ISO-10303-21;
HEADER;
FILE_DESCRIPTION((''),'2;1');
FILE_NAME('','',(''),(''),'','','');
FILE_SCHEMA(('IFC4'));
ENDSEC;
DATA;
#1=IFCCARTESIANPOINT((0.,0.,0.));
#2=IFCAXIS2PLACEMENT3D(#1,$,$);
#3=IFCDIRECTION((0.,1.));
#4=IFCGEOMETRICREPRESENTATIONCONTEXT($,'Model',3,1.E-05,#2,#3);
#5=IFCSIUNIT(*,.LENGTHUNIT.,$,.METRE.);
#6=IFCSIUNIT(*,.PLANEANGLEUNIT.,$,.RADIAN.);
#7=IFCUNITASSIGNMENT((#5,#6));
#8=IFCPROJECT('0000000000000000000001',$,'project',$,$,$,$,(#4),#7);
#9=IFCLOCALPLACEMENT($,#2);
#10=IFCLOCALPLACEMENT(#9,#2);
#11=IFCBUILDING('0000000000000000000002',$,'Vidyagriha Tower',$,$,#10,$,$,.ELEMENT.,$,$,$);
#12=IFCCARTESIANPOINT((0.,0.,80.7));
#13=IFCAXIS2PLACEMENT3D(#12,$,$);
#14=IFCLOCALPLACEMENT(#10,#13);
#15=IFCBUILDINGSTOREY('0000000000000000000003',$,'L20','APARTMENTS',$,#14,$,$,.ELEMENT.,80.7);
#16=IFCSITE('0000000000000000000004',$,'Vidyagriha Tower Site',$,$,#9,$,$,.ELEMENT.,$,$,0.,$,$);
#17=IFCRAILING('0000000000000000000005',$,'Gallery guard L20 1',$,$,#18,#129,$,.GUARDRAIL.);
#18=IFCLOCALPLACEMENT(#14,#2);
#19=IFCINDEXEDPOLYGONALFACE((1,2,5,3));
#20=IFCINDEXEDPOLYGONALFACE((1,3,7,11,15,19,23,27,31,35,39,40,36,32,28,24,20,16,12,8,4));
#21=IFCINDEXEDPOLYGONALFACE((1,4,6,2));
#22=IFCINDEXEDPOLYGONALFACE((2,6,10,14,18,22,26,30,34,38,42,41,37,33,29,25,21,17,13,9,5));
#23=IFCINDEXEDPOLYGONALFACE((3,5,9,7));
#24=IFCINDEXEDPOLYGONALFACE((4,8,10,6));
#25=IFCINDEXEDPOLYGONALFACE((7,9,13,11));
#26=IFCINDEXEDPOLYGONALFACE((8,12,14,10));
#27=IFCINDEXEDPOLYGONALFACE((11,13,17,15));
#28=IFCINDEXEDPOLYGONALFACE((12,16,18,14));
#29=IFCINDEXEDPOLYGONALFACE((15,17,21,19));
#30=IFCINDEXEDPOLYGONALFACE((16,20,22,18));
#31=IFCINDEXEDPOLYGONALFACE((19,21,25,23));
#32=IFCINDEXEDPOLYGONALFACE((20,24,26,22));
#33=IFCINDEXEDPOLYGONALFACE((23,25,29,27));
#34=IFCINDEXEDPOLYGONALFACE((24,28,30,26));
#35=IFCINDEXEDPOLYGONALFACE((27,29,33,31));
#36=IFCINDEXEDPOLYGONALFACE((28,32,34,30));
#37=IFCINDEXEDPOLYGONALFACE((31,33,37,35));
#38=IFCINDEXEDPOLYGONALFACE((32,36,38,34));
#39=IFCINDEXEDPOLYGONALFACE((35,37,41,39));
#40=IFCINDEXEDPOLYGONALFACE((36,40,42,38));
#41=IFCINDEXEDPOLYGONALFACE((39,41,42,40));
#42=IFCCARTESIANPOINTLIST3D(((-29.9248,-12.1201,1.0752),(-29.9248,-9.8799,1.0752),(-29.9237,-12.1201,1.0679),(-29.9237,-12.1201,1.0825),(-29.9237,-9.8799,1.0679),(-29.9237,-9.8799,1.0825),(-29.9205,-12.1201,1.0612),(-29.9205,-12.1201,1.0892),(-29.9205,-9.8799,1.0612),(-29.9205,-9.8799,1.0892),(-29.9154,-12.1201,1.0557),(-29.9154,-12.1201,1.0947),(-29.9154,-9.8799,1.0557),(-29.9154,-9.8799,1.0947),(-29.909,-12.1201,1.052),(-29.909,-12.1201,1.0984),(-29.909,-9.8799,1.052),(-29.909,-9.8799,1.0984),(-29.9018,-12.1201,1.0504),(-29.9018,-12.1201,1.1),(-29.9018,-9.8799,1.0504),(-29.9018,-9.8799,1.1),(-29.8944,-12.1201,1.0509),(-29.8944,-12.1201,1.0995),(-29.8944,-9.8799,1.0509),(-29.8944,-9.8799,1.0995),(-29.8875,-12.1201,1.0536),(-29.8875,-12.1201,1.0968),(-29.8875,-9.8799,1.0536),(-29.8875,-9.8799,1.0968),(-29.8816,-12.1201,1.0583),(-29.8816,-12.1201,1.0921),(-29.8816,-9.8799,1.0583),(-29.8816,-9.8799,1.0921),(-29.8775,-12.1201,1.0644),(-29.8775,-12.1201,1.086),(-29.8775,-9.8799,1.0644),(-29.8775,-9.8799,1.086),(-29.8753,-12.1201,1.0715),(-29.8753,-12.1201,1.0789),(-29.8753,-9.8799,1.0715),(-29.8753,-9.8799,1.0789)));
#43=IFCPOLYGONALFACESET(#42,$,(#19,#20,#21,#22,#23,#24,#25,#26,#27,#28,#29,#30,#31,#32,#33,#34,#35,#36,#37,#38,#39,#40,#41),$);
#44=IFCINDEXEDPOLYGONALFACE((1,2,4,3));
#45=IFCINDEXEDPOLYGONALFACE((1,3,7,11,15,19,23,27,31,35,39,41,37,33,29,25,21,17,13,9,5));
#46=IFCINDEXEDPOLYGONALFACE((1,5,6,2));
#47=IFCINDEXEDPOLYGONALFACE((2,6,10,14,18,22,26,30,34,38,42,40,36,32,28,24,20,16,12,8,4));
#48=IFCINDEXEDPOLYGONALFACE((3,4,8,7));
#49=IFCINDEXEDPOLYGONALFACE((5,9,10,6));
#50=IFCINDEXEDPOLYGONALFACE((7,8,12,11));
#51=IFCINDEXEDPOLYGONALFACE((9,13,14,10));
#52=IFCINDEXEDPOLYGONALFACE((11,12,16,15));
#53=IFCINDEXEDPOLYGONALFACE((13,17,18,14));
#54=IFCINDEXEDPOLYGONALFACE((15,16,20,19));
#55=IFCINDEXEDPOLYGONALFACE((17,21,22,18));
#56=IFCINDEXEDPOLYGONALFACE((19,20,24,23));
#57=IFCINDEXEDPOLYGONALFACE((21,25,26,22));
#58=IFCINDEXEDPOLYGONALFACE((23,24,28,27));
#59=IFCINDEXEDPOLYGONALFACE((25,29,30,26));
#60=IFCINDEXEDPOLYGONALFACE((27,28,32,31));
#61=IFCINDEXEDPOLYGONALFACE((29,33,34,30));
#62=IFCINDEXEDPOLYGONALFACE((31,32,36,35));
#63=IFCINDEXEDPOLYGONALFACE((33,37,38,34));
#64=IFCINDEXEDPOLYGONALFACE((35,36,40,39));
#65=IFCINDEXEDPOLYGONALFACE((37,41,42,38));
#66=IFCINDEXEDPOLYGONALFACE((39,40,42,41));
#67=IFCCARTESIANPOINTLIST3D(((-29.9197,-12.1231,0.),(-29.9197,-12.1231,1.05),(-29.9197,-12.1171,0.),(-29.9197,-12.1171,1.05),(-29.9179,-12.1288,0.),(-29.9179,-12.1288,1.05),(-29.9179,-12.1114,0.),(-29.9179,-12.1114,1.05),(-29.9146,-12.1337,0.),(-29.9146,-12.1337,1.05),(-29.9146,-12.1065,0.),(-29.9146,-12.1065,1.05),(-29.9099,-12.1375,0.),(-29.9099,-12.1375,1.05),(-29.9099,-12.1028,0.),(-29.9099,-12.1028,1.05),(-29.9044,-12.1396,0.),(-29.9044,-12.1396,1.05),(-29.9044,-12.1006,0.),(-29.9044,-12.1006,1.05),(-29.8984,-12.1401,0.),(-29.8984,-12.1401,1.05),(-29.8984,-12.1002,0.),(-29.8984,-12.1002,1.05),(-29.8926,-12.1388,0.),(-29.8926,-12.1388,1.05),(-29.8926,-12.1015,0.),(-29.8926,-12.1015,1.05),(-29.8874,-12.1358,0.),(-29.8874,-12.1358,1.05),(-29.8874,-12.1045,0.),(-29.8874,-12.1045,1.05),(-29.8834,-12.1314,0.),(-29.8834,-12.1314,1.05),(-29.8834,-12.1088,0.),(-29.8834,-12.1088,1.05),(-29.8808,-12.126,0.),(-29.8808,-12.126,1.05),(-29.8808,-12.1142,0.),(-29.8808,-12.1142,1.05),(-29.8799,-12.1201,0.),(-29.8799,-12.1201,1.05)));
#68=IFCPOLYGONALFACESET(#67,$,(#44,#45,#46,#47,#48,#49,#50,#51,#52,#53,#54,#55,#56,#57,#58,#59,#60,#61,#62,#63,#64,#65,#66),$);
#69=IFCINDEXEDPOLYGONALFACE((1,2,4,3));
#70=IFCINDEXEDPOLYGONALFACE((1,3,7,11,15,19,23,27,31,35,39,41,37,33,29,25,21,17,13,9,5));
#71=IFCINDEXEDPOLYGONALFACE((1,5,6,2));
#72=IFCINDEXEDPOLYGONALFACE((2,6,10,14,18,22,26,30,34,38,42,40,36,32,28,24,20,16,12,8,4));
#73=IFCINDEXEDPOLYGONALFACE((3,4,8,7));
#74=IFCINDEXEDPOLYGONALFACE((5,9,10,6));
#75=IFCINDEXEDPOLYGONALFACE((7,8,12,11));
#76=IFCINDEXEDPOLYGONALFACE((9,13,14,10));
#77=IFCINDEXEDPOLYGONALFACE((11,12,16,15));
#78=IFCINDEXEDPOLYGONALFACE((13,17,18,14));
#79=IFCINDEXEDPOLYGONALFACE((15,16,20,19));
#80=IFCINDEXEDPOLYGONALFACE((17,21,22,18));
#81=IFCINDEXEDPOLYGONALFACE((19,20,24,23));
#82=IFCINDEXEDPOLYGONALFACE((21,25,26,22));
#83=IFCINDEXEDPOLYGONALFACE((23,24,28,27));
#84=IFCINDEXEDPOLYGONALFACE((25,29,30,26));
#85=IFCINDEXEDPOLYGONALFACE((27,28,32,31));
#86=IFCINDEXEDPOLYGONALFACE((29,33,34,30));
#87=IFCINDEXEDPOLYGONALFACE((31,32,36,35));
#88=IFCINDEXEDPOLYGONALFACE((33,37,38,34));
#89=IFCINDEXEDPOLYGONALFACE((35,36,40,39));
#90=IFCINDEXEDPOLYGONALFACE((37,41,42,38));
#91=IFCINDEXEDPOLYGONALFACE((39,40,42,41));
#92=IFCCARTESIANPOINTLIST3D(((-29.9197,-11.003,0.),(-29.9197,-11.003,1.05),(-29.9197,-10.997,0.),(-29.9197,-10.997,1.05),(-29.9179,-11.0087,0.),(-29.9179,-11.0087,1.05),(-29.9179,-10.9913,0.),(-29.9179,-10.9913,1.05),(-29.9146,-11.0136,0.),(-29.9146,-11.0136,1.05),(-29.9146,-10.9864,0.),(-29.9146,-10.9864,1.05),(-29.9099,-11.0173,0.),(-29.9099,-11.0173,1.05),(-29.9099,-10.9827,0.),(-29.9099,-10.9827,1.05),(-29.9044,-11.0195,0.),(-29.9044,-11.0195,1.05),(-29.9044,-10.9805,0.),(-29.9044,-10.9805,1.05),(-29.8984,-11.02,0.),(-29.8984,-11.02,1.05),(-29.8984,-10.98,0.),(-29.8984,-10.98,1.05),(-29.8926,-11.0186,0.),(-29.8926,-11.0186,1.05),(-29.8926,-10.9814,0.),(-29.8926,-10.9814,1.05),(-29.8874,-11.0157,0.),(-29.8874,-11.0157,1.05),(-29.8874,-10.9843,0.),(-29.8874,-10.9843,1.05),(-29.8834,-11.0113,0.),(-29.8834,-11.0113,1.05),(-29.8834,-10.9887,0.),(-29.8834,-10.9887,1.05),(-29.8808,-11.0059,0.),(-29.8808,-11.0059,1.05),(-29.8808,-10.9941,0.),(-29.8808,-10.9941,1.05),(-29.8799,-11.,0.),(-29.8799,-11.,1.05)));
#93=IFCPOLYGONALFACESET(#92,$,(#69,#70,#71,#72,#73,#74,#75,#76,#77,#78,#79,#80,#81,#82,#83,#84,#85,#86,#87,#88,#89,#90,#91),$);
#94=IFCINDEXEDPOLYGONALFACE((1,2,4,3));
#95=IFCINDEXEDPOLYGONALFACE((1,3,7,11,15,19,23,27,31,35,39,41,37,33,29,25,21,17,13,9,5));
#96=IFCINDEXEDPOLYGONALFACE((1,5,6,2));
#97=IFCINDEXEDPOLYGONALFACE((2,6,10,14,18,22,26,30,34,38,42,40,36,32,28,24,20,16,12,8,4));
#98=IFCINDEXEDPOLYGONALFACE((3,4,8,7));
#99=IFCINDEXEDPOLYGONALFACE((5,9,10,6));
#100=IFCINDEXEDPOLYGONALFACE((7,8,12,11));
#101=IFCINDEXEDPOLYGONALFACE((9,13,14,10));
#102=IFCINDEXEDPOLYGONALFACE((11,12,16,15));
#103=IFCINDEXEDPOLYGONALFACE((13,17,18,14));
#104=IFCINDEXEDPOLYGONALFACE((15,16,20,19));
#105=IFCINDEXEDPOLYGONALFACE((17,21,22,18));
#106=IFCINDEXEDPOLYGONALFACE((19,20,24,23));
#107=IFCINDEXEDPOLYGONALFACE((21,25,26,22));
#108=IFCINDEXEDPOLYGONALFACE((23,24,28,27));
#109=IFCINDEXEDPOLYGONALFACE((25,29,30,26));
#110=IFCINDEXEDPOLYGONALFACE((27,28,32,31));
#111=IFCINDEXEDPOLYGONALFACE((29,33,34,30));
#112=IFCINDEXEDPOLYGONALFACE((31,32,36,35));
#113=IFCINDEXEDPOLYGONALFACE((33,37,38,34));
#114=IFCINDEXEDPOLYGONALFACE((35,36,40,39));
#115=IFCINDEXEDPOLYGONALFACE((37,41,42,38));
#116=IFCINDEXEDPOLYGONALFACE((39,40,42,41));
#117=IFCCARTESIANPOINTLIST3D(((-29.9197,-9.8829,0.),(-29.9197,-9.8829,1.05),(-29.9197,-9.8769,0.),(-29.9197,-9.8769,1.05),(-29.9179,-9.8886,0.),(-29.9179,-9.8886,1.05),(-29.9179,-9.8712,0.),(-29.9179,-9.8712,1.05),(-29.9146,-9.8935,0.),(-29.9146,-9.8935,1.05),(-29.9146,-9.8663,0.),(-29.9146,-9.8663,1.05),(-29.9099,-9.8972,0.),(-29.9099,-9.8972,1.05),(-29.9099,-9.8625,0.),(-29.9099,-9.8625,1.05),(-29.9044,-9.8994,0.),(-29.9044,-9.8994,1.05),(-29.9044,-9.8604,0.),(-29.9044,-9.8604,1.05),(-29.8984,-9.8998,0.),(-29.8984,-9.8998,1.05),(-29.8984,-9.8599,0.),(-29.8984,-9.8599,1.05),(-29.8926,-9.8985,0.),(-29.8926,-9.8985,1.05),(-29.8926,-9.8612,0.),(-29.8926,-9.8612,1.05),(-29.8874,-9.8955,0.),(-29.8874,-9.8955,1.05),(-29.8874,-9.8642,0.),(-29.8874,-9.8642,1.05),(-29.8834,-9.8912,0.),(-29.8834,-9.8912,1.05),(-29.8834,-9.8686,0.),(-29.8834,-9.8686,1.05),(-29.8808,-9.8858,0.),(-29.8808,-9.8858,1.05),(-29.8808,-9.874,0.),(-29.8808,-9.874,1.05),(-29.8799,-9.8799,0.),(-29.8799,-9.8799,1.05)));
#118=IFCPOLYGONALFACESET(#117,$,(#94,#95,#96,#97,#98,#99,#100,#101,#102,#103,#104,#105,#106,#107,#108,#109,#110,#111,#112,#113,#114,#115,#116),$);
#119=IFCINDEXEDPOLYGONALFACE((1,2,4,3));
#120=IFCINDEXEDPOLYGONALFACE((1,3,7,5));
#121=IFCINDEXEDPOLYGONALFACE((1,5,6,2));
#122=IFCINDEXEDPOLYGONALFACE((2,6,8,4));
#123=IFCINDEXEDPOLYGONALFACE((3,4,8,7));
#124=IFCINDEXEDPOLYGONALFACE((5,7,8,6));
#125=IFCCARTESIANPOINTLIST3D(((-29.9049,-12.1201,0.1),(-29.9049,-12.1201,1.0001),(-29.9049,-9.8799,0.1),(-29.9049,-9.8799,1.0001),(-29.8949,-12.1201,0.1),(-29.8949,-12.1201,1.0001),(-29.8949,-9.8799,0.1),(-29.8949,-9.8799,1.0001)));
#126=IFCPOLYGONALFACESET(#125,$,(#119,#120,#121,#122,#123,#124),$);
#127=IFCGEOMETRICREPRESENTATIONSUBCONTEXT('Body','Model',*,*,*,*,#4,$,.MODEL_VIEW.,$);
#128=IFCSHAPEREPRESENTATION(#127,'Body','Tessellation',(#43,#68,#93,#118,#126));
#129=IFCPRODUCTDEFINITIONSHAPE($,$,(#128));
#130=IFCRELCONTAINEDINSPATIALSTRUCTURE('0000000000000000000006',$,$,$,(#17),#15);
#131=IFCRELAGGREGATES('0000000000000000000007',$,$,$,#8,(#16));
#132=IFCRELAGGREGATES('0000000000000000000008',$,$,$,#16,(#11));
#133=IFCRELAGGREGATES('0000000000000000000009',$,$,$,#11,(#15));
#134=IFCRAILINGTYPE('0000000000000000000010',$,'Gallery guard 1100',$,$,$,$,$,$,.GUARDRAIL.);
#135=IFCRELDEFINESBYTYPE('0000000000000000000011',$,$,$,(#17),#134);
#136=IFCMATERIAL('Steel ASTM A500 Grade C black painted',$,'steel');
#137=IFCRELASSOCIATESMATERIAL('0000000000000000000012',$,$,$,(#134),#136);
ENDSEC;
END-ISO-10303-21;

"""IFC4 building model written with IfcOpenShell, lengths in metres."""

from ifc_helpers import new_model, si_unit, direction, frame, origin, origin_2d, place, context, subcontext, project, spatial, rectangle, circle, extrude, material, type_object, element, save


model = new_model("IFC4")

# Units and contexts
model_context = context("Model", 3, precision=1e-05, world=origin(), true_north=direction((0.0, 1.0)))
body_context = subcontext(model_context, "Body", "Model", "MODEL_VIEW")
ifc_project = project(units=[si_unit("LENGTHUNIT", "METRE"), si_unit("PLANEANGLEUNIT", "RADIAN")], contexts=[model_context])

# Site, building, storey
site_placement = place(None, origin())
site = spatial("IfcSite", under=ifc_project, at=site_placement, Name="Vidyagriha Tower Site", CompositionType="ELEMENT", RefElevation=0.0)
building_placement = place(site_placement, origin())
building = spatial("IfcBuilding", under=site, at=building_placement, Name="Vidyagriha Tower", CompositionType="ELEMENT")
storey_placement = place(building_placement, frame((0.0, 0.0, 80.7)))
storey = spatial("IfcBuildingStorey", under=building, at=storey_placement, Name="L20", Description="APARTMENTS", CompositionType="ELEMENT", Elevation=80.7)

# Railing
ifc_material_1 = material(Name="Steel ASTM A500 Grade C black painted", Category="steel")
railing_type_1 = type_object("IfcRailingType", Name="Gallery guard 1100", PredefinedType="GUARDRAIL", material=ifc_material_1)
railing_1_placement = place(storey_placement, frame((-29.8999, -12.1201, 0.0)))
element("IfcRailing", 1, at=railing_1_placement, inside=storey, type_object=railing_type_1, Name="Gallery guard L20 1", PredefinedType="GUARDRAIL", context=body_context, shape_type="SweptSolid", body=[
    extrude(circle(Radius=0.0249, at=origin_2d()), frame((0.0, 0.0, 1.0752), z_axis=(0.0, 1.0, 0.0), x_axis=(-1.0, 0.0, 0.0)), (0.0, 0.0, 1.0), 2.2402),
    extrude(circle(Radius=0.02, at=origin_2d()), origin(), (0.0, 0.0, 1.0), 1.05),
    extrude(circle(Radius=0.02, at=origin_2d()), frame((0.0, 1.1201, 0.0)), (0.0, 0.0, 1.0), 1.05),
    extrude(circle(Radius=0.02, at=origin_2d()), frame((0.0, 2.2402, 0.0)), (0.0, 0.0, 1.0), 1.05),
    extrude(rectangle(XDim=0.01, YDim=0.9001, at=origin_2d()), frame((0.0, 0.0, 0.55), z_axis=(0.0, 1.0, 0.0), x_axis=(-1.0, 0.0, 0.0)), (0.0, 0.0, 1.0), 2.2402),
])

save(model, "model.ifc")
